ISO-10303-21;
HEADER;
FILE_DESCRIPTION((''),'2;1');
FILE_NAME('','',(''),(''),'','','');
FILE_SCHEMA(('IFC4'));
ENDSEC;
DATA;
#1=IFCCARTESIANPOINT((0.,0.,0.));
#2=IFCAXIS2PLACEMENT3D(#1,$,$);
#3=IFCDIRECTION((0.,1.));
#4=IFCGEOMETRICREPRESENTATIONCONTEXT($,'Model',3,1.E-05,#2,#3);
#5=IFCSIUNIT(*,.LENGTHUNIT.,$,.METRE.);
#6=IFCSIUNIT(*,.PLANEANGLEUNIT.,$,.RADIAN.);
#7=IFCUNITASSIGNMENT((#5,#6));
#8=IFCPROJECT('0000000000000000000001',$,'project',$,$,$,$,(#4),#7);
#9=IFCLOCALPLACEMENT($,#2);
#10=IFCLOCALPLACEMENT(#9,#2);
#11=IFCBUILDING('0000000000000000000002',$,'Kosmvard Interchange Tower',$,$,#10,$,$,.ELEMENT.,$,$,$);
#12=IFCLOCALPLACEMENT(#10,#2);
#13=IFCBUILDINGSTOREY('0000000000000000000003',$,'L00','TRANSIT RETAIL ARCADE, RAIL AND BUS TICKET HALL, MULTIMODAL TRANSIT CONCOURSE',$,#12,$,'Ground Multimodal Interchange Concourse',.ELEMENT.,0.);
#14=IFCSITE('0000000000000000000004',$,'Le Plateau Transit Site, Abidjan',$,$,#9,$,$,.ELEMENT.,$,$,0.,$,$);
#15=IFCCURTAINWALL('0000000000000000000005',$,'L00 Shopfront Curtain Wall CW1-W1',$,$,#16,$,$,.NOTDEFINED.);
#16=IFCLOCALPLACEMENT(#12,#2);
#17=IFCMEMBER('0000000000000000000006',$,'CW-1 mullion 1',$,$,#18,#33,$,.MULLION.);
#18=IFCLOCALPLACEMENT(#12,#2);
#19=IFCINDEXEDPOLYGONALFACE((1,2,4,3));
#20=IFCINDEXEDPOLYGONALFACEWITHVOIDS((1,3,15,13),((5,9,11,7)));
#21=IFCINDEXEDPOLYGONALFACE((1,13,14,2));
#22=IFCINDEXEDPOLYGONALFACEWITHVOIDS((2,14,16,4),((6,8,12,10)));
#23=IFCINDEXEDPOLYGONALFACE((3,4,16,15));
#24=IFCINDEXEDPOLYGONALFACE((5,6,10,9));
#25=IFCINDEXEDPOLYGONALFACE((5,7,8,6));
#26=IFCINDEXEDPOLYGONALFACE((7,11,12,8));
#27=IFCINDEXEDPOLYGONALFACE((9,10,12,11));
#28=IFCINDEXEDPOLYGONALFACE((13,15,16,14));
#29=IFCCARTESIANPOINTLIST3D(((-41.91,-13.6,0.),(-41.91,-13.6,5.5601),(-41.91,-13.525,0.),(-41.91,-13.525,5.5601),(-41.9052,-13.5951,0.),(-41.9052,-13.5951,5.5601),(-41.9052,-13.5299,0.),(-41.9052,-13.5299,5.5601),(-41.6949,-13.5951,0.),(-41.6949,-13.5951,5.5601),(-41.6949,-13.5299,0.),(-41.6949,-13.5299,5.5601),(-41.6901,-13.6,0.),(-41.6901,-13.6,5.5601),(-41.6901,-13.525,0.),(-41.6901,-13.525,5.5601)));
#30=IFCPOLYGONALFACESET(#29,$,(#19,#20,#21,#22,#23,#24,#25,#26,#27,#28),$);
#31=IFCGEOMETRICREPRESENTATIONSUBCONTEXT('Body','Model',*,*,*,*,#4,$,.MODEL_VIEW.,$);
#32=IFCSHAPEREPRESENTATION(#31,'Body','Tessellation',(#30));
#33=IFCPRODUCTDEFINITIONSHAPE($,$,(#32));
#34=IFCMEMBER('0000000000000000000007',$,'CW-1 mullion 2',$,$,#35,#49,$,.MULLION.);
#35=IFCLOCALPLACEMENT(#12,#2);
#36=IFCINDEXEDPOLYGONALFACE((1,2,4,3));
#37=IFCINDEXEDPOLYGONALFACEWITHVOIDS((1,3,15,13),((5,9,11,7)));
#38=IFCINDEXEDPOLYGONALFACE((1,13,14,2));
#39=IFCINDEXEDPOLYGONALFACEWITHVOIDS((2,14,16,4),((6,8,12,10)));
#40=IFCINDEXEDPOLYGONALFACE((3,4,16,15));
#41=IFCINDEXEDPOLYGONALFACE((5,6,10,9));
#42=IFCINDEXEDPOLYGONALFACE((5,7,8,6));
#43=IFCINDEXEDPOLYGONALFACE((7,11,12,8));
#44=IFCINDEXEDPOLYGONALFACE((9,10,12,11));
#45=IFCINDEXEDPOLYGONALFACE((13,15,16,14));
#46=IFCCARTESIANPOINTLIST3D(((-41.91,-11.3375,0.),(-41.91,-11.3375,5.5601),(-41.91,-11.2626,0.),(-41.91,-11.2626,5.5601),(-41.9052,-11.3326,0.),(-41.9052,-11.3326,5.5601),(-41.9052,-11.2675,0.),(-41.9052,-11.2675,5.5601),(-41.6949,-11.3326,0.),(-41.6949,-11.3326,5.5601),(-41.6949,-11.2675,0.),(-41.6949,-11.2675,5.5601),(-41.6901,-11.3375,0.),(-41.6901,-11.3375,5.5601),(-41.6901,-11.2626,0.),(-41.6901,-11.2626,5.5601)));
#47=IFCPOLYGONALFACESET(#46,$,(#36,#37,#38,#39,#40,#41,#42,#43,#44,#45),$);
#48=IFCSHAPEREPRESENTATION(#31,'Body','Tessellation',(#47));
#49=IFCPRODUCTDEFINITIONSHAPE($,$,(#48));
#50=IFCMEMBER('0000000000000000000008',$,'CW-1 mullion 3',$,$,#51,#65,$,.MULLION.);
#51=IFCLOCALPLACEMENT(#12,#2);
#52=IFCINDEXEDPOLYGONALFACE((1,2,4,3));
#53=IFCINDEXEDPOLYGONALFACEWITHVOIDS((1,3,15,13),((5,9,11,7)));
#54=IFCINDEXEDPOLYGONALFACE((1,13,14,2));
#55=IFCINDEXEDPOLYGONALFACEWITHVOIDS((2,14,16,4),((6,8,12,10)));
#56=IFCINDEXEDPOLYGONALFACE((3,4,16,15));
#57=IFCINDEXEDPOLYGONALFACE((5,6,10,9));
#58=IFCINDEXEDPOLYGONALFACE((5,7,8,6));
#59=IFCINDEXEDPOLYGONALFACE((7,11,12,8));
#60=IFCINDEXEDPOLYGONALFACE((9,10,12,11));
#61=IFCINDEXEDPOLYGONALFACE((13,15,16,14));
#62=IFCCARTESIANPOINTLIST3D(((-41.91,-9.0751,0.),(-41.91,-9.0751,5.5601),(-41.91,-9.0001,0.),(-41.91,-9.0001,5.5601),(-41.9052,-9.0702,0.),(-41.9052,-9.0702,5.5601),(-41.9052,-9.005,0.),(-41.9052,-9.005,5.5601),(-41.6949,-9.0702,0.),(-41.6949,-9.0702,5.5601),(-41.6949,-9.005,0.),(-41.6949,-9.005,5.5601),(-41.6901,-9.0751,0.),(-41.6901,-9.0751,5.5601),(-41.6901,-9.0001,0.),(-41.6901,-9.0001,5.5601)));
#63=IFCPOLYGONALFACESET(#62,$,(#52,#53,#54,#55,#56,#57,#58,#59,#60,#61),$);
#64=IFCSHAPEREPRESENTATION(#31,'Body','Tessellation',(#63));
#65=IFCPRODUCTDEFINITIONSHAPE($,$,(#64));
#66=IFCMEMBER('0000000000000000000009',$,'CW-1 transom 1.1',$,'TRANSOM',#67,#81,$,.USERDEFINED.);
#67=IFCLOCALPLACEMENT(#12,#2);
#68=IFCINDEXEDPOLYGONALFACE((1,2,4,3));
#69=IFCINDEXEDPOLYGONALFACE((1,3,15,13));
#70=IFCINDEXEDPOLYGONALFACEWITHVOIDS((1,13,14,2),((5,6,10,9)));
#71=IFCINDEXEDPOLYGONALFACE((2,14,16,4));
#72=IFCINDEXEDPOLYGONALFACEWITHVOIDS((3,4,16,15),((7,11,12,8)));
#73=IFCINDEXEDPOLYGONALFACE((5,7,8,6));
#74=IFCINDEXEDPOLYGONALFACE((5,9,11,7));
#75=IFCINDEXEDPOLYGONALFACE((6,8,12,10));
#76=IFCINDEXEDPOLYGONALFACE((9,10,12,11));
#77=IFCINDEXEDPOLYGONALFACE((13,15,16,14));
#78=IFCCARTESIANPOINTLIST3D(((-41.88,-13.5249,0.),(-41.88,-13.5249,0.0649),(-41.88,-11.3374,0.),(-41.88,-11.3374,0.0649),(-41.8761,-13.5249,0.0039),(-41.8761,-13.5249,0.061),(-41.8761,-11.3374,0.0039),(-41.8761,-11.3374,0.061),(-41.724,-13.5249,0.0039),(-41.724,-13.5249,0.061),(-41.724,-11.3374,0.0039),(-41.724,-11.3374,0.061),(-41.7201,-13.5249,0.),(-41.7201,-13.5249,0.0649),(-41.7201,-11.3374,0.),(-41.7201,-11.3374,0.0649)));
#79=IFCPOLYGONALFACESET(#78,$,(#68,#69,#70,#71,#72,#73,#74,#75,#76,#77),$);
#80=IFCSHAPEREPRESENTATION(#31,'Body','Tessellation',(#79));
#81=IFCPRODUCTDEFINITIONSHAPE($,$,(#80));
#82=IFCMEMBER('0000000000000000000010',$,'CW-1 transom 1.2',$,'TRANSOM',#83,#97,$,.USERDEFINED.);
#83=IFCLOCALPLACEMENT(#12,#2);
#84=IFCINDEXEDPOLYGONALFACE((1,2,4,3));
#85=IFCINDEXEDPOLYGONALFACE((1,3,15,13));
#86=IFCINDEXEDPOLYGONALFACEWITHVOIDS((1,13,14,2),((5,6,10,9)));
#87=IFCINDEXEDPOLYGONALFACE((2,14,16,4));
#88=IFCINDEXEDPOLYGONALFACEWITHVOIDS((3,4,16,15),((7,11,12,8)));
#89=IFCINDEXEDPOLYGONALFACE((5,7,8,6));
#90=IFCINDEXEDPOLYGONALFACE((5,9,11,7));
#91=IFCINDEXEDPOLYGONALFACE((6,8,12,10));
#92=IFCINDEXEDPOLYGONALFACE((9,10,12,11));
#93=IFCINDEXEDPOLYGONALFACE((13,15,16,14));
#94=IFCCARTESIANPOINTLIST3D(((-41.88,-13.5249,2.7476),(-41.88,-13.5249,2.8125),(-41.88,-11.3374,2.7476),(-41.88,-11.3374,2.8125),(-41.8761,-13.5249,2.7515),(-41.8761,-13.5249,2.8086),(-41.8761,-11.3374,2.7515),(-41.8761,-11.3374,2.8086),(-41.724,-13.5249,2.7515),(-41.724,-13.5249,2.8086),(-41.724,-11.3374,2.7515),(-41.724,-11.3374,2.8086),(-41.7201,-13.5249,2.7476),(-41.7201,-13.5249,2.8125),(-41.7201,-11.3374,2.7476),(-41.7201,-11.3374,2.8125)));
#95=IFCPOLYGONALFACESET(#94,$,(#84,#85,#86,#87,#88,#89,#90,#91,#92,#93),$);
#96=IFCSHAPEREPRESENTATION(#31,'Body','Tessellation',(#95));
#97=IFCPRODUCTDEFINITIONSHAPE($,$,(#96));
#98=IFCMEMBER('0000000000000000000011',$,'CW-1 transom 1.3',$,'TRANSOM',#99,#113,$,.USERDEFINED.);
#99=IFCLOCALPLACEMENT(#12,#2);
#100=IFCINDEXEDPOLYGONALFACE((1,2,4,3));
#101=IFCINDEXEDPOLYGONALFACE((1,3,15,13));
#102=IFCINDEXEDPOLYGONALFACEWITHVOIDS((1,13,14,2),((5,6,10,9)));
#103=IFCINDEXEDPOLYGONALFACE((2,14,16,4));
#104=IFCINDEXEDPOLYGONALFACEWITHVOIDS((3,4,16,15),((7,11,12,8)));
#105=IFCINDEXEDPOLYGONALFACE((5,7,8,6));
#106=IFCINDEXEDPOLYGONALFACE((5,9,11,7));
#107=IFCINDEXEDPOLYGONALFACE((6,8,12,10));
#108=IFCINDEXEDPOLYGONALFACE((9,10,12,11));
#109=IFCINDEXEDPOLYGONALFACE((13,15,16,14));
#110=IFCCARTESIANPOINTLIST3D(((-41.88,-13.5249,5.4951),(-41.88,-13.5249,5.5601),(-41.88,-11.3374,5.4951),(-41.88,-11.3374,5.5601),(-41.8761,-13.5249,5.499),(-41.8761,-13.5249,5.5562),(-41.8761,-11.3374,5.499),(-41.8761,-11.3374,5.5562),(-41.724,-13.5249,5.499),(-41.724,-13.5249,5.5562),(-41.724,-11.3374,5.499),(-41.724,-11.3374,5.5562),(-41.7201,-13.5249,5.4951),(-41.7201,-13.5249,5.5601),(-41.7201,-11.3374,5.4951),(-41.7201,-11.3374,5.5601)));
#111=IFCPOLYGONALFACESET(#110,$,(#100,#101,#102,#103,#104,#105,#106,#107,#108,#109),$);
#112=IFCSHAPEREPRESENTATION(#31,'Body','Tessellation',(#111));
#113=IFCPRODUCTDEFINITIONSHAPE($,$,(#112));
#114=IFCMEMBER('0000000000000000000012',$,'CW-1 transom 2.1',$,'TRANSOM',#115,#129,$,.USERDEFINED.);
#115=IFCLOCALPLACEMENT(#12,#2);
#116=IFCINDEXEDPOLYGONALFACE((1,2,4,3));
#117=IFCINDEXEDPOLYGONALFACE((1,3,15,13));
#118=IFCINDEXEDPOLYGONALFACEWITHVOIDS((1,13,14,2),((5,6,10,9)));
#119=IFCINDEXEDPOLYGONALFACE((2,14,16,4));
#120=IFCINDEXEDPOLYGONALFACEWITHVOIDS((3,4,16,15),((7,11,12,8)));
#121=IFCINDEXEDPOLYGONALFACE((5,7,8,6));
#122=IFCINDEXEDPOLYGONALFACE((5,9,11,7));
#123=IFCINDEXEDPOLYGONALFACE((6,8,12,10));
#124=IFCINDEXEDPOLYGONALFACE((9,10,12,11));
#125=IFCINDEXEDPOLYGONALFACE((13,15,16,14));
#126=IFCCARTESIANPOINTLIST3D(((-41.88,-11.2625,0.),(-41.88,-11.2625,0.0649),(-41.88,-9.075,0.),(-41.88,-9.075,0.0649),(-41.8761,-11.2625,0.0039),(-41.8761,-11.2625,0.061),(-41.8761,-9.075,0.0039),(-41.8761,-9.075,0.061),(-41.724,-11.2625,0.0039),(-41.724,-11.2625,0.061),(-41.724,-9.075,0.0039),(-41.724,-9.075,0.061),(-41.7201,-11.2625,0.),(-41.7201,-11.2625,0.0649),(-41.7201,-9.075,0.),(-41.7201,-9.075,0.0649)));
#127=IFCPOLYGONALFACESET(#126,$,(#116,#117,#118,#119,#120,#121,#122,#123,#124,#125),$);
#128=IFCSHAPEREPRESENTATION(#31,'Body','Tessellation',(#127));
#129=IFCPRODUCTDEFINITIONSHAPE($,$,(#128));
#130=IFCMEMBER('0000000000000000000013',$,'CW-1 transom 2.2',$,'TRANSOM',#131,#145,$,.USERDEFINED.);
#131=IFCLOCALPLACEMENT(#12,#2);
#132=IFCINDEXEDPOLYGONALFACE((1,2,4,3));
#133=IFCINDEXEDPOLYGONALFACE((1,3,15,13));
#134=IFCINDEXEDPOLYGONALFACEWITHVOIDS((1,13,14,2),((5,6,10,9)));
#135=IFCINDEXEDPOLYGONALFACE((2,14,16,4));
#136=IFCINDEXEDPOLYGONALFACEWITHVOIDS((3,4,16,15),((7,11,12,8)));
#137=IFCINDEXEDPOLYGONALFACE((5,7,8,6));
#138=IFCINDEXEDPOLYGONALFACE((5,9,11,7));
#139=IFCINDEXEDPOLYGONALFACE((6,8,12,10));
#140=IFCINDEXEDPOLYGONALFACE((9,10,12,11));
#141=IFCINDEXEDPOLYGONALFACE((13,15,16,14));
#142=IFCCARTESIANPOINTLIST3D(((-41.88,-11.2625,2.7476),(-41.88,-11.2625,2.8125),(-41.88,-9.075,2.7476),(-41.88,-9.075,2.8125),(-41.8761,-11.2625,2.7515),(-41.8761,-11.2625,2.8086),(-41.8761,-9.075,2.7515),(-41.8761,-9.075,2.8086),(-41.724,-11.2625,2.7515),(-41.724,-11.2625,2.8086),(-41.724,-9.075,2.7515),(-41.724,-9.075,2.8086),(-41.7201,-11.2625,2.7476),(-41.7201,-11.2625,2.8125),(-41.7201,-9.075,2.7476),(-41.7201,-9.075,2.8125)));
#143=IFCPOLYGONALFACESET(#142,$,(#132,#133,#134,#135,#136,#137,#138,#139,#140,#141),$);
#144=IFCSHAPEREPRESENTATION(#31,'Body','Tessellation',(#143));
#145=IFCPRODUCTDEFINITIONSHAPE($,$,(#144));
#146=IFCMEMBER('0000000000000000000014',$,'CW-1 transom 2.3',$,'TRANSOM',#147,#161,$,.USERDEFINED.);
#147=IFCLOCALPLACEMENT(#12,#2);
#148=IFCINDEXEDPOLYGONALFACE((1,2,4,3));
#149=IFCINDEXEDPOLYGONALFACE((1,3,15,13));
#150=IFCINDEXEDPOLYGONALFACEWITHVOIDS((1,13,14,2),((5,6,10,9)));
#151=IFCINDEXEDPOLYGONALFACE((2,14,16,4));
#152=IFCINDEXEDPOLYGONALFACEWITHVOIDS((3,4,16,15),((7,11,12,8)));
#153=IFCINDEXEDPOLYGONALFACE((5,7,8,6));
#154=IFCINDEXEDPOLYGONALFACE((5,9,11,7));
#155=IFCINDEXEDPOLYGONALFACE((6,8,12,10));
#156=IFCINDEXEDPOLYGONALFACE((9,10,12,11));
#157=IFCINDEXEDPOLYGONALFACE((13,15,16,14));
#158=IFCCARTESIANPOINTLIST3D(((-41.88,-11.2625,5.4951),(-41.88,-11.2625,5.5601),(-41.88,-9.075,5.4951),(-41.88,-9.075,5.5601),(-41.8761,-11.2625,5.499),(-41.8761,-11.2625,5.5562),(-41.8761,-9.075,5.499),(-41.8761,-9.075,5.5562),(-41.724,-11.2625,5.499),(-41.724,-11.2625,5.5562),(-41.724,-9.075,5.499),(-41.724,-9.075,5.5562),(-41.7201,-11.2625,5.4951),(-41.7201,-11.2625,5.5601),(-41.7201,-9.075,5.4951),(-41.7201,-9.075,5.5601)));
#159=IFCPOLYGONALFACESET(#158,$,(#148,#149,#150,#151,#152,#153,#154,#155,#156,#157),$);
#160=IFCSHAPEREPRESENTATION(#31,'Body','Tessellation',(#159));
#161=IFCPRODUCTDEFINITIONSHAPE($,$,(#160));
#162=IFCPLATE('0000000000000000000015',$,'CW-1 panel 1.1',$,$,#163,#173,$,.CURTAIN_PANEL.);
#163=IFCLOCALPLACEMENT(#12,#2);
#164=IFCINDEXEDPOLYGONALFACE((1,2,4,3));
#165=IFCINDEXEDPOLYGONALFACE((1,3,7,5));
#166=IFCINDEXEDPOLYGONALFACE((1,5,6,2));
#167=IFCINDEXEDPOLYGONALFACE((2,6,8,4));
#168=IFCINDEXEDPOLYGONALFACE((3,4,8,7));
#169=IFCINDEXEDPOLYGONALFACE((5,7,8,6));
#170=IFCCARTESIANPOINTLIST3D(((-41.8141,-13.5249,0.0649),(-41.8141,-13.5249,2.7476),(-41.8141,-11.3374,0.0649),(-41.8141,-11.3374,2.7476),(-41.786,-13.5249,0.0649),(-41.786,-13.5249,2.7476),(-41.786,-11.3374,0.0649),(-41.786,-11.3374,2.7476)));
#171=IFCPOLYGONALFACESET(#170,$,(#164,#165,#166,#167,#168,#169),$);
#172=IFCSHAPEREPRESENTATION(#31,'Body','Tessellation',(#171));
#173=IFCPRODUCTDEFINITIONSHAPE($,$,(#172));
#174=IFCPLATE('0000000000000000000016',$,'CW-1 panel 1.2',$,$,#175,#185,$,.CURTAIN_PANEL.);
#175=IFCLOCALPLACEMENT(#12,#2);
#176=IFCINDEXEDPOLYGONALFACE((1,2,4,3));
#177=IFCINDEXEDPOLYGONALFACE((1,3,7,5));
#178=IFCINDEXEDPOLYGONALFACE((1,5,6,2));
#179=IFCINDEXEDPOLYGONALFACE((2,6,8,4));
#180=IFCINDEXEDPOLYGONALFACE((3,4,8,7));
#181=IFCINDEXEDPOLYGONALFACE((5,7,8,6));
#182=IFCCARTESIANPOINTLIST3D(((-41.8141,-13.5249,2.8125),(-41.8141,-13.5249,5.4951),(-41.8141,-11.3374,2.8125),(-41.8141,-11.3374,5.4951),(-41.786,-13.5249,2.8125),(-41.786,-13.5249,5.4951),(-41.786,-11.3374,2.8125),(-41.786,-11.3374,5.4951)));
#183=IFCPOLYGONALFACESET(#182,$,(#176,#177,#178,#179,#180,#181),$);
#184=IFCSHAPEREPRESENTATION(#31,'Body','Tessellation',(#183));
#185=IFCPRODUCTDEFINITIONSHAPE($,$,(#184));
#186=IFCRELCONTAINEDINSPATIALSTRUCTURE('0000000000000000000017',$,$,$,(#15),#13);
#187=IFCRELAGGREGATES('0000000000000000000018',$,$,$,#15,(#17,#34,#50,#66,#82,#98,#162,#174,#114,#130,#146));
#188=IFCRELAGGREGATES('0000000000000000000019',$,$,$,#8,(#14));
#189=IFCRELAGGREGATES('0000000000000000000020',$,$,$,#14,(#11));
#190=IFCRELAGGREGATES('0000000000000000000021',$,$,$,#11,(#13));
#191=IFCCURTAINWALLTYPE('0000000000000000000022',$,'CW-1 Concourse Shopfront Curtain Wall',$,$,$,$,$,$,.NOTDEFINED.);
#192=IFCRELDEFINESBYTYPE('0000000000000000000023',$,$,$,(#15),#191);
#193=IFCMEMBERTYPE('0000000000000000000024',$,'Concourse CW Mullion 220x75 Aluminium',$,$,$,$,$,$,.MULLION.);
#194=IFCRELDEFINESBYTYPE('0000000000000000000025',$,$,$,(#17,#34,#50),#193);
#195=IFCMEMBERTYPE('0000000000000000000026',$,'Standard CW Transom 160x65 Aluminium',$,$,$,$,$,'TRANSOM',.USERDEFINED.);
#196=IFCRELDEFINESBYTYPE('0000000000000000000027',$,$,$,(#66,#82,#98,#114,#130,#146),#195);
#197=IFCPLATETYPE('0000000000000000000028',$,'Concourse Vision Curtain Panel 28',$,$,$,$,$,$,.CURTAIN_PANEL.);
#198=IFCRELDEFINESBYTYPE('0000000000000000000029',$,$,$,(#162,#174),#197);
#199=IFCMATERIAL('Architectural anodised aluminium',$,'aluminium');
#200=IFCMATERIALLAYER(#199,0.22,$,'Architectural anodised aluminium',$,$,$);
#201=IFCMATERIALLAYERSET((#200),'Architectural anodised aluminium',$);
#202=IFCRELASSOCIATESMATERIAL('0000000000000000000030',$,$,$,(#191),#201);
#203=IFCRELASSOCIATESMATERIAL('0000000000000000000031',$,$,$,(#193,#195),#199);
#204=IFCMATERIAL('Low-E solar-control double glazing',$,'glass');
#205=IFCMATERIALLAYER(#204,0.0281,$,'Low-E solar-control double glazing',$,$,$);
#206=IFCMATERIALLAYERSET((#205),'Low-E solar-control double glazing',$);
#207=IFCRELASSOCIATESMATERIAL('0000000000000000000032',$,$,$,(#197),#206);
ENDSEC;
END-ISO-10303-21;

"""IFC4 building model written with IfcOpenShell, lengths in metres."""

from ifc_helpers import new_model, si_unit, direction, frame, origin, origin_2d, place, context, subcontext, project, spatial, rectangle, hollow_rectangle, extrude, source, transform, mapped, material, layer, layer_set, material_profile, profile_set, type_object, element, aggregate, save


model = new_model("IFC4")

# Units and contexts
model_context = context("Model", 3, precision=1e-05, world=origin(), true_north=direction((0.0, 1.0)))
body_context = subcontext(model_context, "Body", "Model", "MODEL_VIEW")
ifc_project = project(units=[si_unit("LENGTHUNIT", "METRE"), si_unit("PLANEANGLEUNIT", "RADIAN")], contexts=[model_context])

# Site, building, storey
site_placement = place(None, origin())
site = spatial("IfcSite", under=ifc_project, at=site_placement, Name="Le Plateau Transit Site, Abidjan", CompositionType="ELEMENT", RefElevation=0.0)
building_placement = place(site_placement, origin())
building = spatial("IfcBuilding", under=site, at=building_placement, Name="Kosmvard Interchange Tower", CompositionType="ELEMENT")
storey_placement = place(building_placement, origin())
storey = spatial("IfcBuildingStorey", under=building, at=storey_placement, Name="L00", Description="TRANSIT RETAIL ARCADE, RAIL AND BUS TICKET HALL, MULTIMODAL TRANSIT CONCOURSE", LongName="Ground Multimodal Interchange Concourse", CompositionType="ELEMENT", Elevation=0.0)

# Curtain wall, members, plates
ifc_material_1 = material(Name="Architectural anodised aluminium", Category="aluminium")
ifc_layer_1 = layer(ifc_material_1, 0.22, Name="Architectural anodised aluminium")
ifc_layer_set_1 = layer_set([ifc_layer_1], Name="Architectural anodised aluminium")
curtain_wall_type = type_object("IfcCurtainWallType", Name="CW-1 Concourse Shopfront Curtain Wall", PredefinedType="NOTDEFINED", material=ifc_layer_set_1)
curtain_wall_placement = place(storey_placement, origin())
curtain_wall = element("IfcCurtainWall", 1, at=curtain_wall_placement, inside=storey, type_object=curtain_wall_type, Name="L00 Shopfront Curtain Wall CW1-W1", PredefinedType="NOTDEFINED")
ifc_material_profile_1 = material_profile(ifc_material_1, hollow_rectangle(XDim=0.22, YDim=0.075, WallThickness=0.0049, at=origin_2d()), Name="CWM 220x75x5")
ifc_profile_set_1 = profile_set([ifc_material_profile_1], Name="Architectural anodised aluminium")
member_type_1 = type_object("IfcMemberType", Name="Concourse CW Mullion 220x75 Aluminium", PredefinedType="MULLION", material=ifc_profile_set_1)
shared_shape_1 = source(origin(), body_context, "Body", "SweptSolid", [
    extrude(hollow_rectangle(XDim=0.22, YDim=0.075, WallThickness=0.0049, at=origin_2d()), origin(), (0.0, 0.0, 1.0), 5.5601),
])
member_1_placement = place(storey_placement, frame((-41.8, -13.5625, 0.0), z_axis=(0.0, 0.0, 1.0), x_axis=(-1.0, 0.0, 0.0)))
member_1 = element("IfcMember", 2, at=member_1_placement, type_object=member_type_1, Name="CW-1 mullion 1", PredefinedType="MULLION", context=body_context, shape_type="MappedRepresentation", body=[
    mapped(shared_shape_1, transform((0.0, 0.0, 0.0), scale=1.0)),
])
member_2_placement = place(storey_placement, frame((-41.8, -11.3, 0.0), z_axis=(0.0, 0.0, 1.0), x_axis=(-1.0, 0.0, 0.0)))
member_2 = element("IfcMember", 3, at=member_2_placement, type_object=member_type_1, Name="CW-1 mullion 2", PredefinedType="MULLION", context=body_context, shape_type="MappedRepresentation", body=[
    mapped(shared_shape_1, transform((0.0, 0.0, 0.0), scale=1.0)),
])
member_3_placement = place(storey_placement, frame((-41.8, -9.0376, 0.0), z_axis=(0.0, 0.0, 1.0), x_axis=(-1.0, 0.0, 0.0)))
member_3 = element("IfcMember", 4, at=member_3_placement, type_object=member_type_1, Name="CW-1 mullion 3", PredefinedType="MULLION", context=body_context, shape_type="MappedRepresentation", body=[
    mapped(shared_shape_1, transform((0.0, 0.0, 0.0), scale=1.0)),
])
ifc_material_profile_2 = material_profile(ifc_material_1, hollow_rectangle(XDim=0.1599, YDim=0.0649, WallThickness=0.0039, at=origin_2d()), Name="CWT 160x65x4")
ifc_profile_set_2 = profile_set([ifc_material_profile_2], Name="Architectural anodised aluminium")
member_type_2 = type_object("IfcMemberType", Name="Standard CW Transom 160x65 Aluminium", ElementType="TRANSOM", PredefinedType="USERDEFINED", material=ifc_profile_set_2)
shared_shape_2 = source(origin(), body_context, "Body", "SweptSolid", [
    extrude(hollow_rectangle(XDim=0.1599, YDim=0.0649, WallThickness=0.0039, at=origin_2d()), origin(), (0.0, 0.0, 1.0), 2.1875),
])
member_4_placement = place(storey_placement, frame((-41.8, -13.5249, 0.0325), z_axis=(0.0, 1.0, 0.0), x_axis=(-1.0, 0.0, 0.0)))
member_4 = element("IfcMember", 5, at=member_4_placement, type_object=member_type_2, Name="CW-1 transom 1.1", ObjectType="TRANSOM", PredefinedType="USERDEFINED", context=body_context, shape_type="MappedRepresentation", body=[
    mapped(shared_shape_2, transform((0.0, 0.0, 0.0), scale=1.0)),
])
member_5_placement = place(storey_placement, frame((-41.8, -13.5249, 2.78), z_axis=(0.0, 1.0, 0.0), x_axis=(-1.0, 0.0, 0.0)))
member_5 = element("IfcMember", 6, at=member_5_placement, type_object=member_type_2, Name="CW-1 transom 1.2", ObjectType="TRANSOM", PredefinedType="USERDEFINED", context=body_context, shape_type="MappedRepresentation", body=[
    mapped(shared_shape_2, transform((0.0, 0.0, 0.0), scale=1.0)),
])
member_6_placement = place(storey_placement, frame((-41.8, -13.5249, 5.5276), z_axis=(0.0, 1.0, 0.0), x_axis=(-1.0, 0.0, 0.0)))
member_6 = element("IfcMember", 7, at=member_6_placement, type_object=member_type_2, Name="CW-1 transom 1.3", ObjectType="TRANSOM", PredefinedType="USERDEFINED", context=body_context, shape_type="MappedRepresentation", body=[
    mapped(shared_shape_2, transform((0.0, 0.0, 0.0), scale=1.0)),
])
member_7_placement = place(storey_placement, frame((-41.8, -11.2625, 0.0325), z_axis=(0.0, 1.0, 0.0), x_axis=(-1.0, 0.0, 0.0)))
member_7 = element("IfcMember", 8, at=member_7_placement, type_object=member_type_2, Name="CW-1 transom 2.1", ObjectType="TRANSOM", PredefinedType="USERDEFINED", context=body_context, shape_type="MappedRepresentation", body=[
    mapped(shared_shape_2, transform((0.0, 0.0, 0.0), scale=1.0)),
])
member_8_placement = place(storey_placement, frame((-41.8, -11.2625, 2.78), z_axis=(0.0, 1.0, 0.0), x_axis=(-1.0, 0.0, 0.0)))
member_8 = element("IfcMember", 9, at=member_8_placement, type_object=member_type_2, Name="CW-1 transom 2.2", ObjectType="TRANSOM", PredefinedType="USERDEFINED", context=body_context, shape_type="MappedRepresentation", body=[
    mapped(shared_shape_2, transform((0.0, 0.0, 0.0), scale=1.0)),
])
member_9_placement = place(storey_placement, frame((-41.8, -11.2625, 5.5276), z_axis=(0.0, 1.0, 0.0), x_axis=(-1.0, 0.0, 0.0)))
member_9 = element("IfcMember", 10, at=member_9_placement, type_object=member_type_2, Name="CW-1 transom 2.3", ObjectType="TRANSOM", PredefinedType="USERDEFINED", context=body_context, shape_type="MappedRepresentation", body=[
    mapped(shared_shape_2, transform((0.0, 0.0, 0.0), scale=1.0)),
])
ifc_material_2 = material(Name="Low-E solar-control double glazing", Category="glass")
ifc_layer_2 = layer(ifc_material_2, 0.0281, Name="Low-E solar-control double glazing")
ifc_layer_set_2 = layer_set([ifc_layer_2], Name="Low-E solar-control double glazing")
plate_type = type_object("IfcPlateType", Name="Concourse Vision Curtain Panel 28", PredefinedType="CURTAIN_PANEL", material=ifc_layer_set_2)
shared_shape_3 = source(origin(), body_context, "Body", "SweptSolid", [
    extrude(rectangle(XDim=2.1875, YDim=0.0281, at=origin_2d()), origin(), (0.0, 0.0, 1.0), 2.6826),
])
plate_1_placement = place(storey_placement, frame((-41.8, -12.4312, 0.0649), z_axis=(0.0, 0.0, 1.0), x_axis=(0.0, 1.0, 0.0)))
plate_1 = element("IfcPlate", 11, at=plate_1_placement, type_object=plate_type, Name="CW-1 panel 1.1", PredefinedType="CURTAIN_PANEL", context=body_context, shape_type="MappedRepresentation", body=[
    mapped(shared_shape_3, transform((0.0, 0.0, 0.0), scale=1.0)),
])
plate_2_placement = place(storey_placement, frame((-41.8, -12.4312, 2.8125), z_axis=(0.0, 0.0, 1.0), x_axis=(0.0, 1.0, 0.0)))
plate_2 = element("IfcPlate", 12, at=plate_2_placement, type_object=plate_type, Name="CW-1 panel 1.2", PredefinedType="CURTAIN_PANEL", context=body_context, shape_type="MappedRepresentation", body=[
    mapped(shared_shape_3, transform((0.0, 0.0, 0.0), scale=1.0)),
])
aggregate(curtain_wall, [member_1, member_2, member_3, member_4, member_5, member_6, plate_1, plate_2, member_7, member_8, member_9])

save(model, "model.ifc")
